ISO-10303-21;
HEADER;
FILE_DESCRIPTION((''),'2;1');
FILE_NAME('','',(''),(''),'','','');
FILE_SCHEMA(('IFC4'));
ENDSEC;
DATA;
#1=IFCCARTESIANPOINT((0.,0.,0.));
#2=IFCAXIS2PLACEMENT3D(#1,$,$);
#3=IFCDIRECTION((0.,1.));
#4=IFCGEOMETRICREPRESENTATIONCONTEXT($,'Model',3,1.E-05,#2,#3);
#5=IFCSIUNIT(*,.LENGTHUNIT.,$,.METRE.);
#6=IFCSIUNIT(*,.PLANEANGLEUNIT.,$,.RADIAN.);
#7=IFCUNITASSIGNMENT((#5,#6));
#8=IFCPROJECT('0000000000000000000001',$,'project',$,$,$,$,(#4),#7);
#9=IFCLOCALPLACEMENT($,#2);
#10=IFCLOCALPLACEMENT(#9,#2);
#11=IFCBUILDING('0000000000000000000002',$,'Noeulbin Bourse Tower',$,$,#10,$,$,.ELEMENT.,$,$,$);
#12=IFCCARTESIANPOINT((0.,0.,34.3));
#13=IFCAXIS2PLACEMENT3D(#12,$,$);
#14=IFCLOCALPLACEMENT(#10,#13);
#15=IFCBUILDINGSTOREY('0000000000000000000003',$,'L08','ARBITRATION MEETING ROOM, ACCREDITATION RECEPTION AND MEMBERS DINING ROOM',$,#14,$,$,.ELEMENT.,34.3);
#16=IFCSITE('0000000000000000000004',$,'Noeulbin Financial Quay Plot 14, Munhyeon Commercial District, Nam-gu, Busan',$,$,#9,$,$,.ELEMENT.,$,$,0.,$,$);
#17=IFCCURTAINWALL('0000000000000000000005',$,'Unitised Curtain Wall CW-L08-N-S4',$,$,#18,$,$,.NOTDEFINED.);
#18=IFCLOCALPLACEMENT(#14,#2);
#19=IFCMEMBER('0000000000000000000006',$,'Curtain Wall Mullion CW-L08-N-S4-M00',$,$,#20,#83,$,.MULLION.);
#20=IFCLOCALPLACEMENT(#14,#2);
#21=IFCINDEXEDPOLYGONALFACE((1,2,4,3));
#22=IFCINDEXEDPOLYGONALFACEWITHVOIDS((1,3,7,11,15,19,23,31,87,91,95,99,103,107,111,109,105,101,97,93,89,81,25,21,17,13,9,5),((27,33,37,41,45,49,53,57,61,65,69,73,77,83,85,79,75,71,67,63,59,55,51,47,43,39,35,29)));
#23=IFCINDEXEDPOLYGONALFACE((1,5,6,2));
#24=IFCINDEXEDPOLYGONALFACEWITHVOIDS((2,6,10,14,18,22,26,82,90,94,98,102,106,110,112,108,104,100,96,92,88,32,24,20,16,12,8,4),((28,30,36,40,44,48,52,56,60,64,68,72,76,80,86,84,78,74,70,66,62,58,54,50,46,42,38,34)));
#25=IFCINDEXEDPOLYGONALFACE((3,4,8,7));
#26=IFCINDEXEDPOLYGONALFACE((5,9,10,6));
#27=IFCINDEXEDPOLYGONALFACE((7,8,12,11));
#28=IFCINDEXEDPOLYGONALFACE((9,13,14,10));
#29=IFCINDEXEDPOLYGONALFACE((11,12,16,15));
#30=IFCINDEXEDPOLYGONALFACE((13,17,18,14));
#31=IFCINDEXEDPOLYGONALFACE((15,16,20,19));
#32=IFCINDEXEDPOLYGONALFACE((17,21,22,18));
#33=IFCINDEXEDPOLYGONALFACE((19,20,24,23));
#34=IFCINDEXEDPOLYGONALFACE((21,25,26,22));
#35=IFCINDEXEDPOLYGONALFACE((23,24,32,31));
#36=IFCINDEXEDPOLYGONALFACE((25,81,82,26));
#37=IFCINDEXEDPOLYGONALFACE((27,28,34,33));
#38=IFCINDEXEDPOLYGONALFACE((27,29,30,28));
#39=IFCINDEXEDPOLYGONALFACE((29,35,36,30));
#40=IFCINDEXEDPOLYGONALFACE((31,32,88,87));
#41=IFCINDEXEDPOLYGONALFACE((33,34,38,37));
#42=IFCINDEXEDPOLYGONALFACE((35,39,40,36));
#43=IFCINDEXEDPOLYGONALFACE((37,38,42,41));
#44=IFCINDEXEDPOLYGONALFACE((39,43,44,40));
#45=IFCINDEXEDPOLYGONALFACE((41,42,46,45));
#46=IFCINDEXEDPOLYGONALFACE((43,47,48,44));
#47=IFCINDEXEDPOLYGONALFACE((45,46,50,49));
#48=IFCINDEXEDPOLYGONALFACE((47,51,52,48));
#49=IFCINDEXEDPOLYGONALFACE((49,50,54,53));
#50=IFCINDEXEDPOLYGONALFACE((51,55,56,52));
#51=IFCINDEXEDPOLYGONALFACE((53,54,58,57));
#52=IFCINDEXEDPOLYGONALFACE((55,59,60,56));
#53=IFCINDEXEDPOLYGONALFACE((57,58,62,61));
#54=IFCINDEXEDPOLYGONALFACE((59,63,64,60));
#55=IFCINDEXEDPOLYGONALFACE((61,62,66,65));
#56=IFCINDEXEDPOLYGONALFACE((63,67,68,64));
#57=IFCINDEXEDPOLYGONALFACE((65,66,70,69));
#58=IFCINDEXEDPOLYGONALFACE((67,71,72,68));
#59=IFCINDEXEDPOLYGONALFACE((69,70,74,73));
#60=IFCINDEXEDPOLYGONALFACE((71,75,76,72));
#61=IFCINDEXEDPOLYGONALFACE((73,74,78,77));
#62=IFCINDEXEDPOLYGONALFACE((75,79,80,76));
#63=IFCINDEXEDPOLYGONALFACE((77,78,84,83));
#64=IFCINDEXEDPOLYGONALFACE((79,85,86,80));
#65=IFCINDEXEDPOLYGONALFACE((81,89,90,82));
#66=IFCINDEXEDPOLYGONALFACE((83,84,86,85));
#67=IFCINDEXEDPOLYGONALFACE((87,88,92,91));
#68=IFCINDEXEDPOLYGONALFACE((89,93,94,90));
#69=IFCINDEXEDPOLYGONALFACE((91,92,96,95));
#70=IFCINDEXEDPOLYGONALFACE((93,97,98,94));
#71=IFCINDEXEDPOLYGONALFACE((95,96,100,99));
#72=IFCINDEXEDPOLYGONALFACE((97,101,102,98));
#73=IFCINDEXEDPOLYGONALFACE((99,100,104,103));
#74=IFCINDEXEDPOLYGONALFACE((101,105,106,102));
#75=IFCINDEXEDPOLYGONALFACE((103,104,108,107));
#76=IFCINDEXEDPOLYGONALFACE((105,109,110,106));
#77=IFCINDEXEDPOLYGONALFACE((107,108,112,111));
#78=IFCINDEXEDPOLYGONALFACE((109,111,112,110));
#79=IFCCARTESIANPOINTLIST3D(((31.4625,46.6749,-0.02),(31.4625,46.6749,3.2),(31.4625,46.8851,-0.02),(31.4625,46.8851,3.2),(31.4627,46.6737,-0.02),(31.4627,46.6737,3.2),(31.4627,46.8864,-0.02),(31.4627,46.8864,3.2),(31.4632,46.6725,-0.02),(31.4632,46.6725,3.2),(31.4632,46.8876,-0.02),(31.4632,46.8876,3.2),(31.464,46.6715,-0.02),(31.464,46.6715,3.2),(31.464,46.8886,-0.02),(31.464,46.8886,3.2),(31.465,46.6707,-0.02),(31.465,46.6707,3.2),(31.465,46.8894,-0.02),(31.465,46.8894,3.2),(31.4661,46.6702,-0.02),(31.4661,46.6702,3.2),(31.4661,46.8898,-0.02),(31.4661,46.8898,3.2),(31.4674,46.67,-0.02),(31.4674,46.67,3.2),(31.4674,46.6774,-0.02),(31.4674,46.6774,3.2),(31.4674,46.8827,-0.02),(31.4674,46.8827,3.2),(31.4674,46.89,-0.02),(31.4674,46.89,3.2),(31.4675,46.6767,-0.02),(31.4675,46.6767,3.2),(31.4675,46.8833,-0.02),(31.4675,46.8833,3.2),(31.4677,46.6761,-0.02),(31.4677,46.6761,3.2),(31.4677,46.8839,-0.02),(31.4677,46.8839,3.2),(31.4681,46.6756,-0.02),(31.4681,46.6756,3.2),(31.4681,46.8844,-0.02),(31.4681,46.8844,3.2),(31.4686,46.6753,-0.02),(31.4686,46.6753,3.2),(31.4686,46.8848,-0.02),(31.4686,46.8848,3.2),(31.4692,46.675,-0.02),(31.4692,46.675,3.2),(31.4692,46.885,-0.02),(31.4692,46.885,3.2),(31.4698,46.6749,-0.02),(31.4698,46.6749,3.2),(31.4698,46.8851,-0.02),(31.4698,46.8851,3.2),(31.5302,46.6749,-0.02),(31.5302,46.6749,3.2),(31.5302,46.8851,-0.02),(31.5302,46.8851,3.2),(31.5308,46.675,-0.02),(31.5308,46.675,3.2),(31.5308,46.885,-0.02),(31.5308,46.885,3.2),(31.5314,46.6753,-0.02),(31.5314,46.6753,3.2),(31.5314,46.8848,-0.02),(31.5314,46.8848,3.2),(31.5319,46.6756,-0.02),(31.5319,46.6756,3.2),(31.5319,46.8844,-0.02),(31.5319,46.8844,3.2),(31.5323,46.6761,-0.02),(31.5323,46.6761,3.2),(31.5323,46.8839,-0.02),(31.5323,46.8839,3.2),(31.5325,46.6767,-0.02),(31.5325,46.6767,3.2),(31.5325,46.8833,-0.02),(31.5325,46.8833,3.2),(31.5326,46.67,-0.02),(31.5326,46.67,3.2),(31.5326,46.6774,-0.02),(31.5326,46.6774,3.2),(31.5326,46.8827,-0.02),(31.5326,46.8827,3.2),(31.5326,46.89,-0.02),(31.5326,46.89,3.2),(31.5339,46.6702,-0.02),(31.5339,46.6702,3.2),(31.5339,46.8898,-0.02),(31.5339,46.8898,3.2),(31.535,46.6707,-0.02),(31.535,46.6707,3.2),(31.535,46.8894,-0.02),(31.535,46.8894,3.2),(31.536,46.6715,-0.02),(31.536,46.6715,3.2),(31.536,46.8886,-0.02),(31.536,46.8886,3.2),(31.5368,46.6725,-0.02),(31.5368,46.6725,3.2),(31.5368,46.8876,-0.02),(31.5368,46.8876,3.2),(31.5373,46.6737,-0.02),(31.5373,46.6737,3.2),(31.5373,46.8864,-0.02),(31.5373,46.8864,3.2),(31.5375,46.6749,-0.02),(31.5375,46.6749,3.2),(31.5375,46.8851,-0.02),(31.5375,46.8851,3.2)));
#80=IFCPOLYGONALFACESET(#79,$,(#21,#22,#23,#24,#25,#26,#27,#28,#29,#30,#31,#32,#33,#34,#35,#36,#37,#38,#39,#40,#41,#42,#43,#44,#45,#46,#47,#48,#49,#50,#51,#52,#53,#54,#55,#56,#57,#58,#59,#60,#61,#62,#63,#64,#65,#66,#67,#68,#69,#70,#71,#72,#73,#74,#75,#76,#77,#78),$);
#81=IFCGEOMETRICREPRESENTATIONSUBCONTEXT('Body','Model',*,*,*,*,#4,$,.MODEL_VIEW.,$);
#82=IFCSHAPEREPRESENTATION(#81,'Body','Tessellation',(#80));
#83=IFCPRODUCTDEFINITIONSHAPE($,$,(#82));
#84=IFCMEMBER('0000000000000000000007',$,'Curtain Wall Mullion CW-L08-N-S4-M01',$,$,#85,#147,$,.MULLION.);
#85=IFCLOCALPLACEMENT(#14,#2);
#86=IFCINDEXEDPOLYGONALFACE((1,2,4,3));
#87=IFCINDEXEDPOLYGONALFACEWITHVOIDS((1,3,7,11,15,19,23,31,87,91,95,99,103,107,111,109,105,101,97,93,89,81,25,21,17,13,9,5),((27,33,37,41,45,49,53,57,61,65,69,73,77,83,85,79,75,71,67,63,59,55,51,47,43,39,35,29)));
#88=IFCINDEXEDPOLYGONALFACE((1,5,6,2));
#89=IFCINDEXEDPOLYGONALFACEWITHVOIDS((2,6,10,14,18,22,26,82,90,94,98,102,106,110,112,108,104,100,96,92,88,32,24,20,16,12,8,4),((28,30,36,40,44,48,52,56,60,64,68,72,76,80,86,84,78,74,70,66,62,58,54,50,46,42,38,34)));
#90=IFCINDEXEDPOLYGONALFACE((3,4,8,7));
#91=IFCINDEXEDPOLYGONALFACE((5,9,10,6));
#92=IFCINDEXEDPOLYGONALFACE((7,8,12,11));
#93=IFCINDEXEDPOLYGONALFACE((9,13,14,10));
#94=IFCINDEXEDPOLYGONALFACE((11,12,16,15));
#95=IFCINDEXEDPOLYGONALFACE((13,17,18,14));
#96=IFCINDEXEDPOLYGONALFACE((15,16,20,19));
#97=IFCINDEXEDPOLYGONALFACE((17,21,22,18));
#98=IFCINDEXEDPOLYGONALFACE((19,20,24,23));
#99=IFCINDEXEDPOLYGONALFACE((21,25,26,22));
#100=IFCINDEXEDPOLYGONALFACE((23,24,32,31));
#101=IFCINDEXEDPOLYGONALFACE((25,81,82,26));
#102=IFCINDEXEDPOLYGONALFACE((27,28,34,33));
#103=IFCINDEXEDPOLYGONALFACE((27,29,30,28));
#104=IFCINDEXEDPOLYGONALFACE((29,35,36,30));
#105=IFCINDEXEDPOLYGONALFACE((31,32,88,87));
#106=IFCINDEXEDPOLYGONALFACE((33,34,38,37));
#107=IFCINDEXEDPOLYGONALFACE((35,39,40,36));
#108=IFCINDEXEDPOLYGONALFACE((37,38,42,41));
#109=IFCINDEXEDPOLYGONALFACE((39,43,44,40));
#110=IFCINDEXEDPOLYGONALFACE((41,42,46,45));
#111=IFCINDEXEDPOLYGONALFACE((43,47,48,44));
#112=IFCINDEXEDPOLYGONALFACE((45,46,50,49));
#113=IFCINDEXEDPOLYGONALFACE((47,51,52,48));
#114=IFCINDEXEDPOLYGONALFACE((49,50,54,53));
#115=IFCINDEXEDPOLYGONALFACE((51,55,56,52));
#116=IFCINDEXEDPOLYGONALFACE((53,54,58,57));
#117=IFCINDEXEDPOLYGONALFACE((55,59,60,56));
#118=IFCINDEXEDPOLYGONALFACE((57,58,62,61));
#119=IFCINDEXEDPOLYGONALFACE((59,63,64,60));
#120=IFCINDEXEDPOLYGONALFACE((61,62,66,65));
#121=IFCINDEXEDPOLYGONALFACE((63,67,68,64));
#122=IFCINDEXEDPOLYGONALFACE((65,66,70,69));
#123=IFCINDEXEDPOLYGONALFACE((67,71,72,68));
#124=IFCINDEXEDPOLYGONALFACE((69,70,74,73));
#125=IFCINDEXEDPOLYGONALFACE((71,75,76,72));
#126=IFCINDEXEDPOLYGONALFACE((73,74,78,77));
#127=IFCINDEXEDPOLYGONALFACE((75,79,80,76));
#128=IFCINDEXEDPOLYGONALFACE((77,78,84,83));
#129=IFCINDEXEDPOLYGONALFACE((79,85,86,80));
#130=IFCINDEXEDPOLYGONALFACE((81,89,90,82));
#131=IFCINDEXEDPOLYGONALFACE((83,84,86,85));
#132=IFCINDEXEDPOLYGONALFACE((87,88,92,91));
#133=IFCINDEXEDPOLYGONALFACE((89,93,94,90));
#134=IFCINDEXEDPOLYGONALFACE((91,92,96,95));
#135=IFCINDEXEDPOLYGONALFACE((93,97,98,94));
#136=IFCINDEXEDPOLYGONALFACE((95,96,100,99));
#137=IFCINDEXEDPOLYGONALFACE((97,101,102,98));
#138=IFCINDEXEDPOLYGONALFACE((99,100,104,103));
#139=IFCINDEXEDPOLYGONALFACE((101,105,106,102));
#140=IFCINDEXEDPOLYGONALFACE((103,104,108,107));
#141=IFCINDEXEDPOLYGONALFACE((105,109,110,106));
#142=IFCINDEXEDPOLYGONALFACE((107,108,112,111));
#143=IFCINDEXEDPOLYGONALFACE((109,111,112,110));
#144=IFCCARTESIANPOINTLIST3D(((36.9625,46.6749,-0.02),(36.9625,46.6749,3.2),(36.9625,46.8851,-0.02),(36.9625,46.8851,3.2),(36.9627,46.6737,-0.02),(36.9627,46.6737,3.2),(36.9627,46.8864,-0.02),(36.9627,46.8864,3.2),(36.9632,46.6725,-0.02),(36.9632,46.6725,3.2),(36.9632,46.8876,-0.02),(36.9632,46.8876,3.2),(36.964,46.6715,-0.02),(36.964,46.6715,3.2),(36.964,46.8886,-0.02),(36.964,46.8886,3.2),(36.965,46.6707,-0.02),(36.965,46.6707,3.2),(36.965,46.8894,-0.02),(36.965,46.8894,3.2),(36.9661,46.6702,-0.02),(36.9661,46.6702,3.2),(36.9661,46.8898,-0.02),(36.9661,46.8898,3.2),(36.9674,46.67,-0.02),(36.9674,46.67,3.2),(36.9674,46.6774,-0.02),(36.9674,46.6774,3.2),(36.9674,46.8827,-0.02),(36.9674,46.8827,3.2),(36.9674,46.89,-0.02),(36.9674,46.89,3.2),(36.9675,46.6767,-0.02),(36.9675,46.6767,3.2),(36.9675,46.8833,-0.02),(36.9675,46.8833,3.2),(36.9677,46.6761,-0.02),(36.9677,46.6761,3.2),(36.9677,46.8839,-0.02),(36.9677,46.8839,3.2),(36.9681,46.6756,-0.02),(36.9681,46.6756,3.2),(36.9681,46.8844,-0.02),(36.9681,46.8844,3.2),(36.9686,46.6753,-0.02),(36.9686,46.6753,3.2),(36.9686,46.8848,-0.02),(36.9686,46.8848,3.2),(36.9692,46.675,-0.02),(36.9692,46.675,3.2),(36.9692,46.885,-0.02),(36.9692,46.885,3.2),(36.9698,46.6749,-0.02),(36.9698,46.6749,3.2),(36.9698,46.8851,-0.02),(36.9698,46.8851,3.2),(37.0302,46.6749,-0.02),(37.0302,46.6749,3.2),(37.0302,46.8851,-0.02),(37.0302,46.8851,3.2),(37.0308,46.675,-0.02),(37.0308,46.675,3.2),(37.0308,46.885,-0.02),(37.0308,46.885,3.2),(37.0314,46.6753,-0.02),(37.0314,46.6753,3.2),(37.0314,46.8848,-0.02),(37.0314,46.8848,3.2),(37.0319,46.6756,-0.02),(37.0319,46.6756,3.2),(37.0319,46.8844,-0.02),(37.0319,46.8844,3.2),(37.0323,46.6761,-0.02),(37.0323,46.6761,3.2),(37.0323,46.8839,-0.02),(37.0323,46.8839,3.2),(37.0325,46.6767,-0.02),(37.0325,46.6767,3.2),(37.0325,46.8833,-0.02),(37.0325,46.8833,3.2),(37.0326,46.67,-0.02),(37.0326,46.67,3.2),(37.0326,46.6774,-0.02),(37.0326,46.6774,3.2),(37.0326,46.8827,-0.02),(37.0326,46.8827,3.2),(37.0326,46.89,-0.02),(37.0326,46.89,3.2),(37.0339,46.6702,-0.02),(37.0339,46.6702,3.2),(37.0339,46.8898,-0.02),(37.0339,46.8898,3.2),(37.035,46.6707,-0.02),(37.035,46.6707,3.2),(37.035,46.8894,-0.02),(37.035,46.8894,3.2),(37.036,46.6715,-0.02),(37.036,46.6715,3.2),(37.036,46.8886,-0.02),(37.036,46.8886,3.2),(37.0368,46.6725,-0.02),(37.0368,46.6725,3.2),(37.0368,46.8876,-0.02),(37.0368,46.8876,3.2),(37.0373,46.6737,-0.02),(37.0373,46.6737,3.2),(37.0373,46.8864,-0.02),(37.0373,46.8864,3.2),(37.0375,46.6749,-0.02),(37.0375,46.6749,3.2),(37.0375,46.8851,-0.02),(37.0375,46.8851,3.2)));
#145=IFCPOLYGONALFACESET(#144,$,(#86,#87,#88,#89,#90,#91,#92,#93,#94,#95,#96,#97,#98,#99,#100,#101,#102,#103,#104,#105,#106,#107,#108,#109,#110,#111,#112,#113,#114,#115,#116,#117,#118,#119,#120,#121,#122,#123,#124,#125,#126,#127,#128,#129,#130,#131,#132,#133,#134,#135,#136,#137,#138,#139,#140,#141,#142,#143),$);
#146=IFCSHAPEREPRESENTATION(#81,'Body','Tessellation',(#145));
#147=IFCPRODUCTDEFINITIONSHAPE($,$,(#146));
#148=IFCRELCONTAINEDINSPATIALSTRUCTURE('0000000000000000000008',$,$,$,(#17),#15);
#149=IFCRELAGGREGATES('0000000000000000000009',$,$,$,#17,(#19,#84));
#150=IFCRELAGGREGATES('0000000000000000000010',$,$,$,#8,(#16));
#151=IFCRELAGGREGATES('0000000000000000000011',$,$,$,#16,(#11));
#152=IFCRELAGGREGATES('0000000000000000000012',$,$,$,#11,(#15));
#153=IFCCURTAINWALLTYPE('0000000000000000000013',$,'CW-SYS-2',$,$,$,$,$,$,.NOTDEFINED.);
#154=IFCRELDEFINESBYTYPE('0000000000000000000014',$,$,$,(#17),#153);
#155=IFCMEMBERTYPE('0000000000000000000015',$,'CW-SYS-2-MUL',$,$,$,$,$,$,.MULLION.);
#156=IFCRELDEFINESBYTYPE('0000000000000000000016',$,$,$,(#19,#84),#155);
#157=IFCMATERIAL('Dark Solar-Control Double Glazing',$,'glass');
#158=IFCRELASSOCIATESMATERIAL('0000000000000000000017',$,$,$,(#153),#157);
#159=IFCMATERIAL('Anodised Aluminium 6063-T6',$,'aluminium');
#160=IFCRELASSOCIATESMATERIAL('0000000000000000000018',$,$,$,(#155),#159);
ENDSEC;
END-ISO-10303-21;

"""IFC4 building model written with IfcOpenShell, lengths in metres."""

from ifc_helpers import new_model, si_unit, direction, frame, origin, origin_2d, place, context, subcontext, project, spatial, hollow_rectangle, extrude, material, material_profile, profile_set, type_object, element, aggregate, save


model = new_model("IFC4")

# Units and contexts
model_context = context("Model", 3, precision=1e-05, world=origin(), true_north=direction((0.0, 1.0)))
body_context = subcontext(model_context, "Body", "Model", "MODEL_VIEW")
ifc_project = project(units=[si_unit("LENGTHUNIT", "METRE"), si_unit("PLANEANGLEUNIT", "RADIAN")], contexts=[model_context])

# Site, building, storey
site_placement = place(None, origin())
site = spatial("IfcSite", under=ifc_project, at=site_placement, Name="Noeulbin Financial Quay Plot 14, Munhyeon Commercial District, Nam-gu, Busan", CompositionType="ELEMENT", RefElevation=0.0)
building_placement = place(site_placement, origin())
building = spatial("IfcBuilding", under=site, at=building_placement, Name="Noeulbin Bourse Tower", CompositionType="ELEMENT")
storey_placement = place(building_placement, frame((0.0, 0.0, 34.3)))
storey = spatial("IfcBuildingStorey", under=building, at=storey_placement, Name="L08", Description="ARBITRATION MEETING ROOM, ACCREDITATION RECEPTION AND MEMBERS DINING ROOM", CompositionType="ELEMENT", Elevation=34.3)

# Shared definitions
ifc_material_1 = material(Name="Dark Solar-Control Double Glazing", Category="glass")
curtain_wall_type = type_object("IfcCurtainWallType", Name="CW-SYS-2", PredefinedType="NOTDEFINED", material=ifc_material_1)
ifc_material_2 = material(Name="Anodised Aluminium 6063-T6", Category="aluminium")
ifc_material_profile_1 = material_profile(ifc_material_2, hollow_rectangle(XDim=0.075, YDim=0.22, WallThickness=0.0049, InnerFilletRadius=0.0024, OuterFilletRadius=0.0049, at=origin_2d()), Name="ALU-MULL-75x220x5", Category="LoadBearing")
ifc_profile_set_1 = profile_set([ifc_material_profile_1], Name="Anodised Aluminium 6063-T6")
member_type_1 = type_object("IfcMemberType", Name="CW-SYS-2-MUL", PredefinedType="MULLION", material=ifc_profile_set_1)

# Curtain wall, members
curtain_wall_1_placement = place(storey_placement, origin())
curtain_wall_1 = element("IfcCurtainWall", 1, at=curtain_wall_1_placement, inside=storey, type_object=curtain_wall_type, Name="Unitised Curtain Wall CW-L08-N-S4", PredefinedType="NOTDEFINED")
member_1_placement = place(storey_placement, frame((31.5, 46.78, -0.02), z_axis=(0.0, 0.0, 1.0), x_axis=(1.0, 0.0, 0.0)))
member_1 = element("IfcMember", 2, at=member_1_placement, type_object=member_type_1, Name="Curtain Wall Mullion CW-L08-N-S4-M00", PredefinedType="MULLION", context=body_context, shape_type="SweptSolid", body=[
    extrude(hollow_rectangle(XDim=0.075, YDim=0.22, WallThickness=0.0049, InnerFilletRadius=0.0024, OuterFilletRadius=0.0049, at=origin_2d()), origin(), (0.0, 0.0, 1.0), 3.22),
])
member_2_placement = place(storey_placement, frame((37.0, 46.78, -0.02), z_axis=(0.0, 0.0, 1.0), x_axis=(1.0, 0.0, 0.0)))
member_2 = element("IfcMember", 3, at=member_2_placement, type_object=member_type_1, Name="Curtain Wall Mullion CW-L08-N-S4-M01", PredefinedType="MULLION", context=body_context, shape_type="SweptSolid", body=[
    extrude(hollow_rectangle(XDim=0.075, YDim=0.22, WallThickness=0.0049, InnerFilletRadius=0.0024, OuterFilletRadius=0.0049, at=origin_2d()), origin(), (0.0, 0.0, 1.0), 3.22),
])

aggregate(curtain_wall_1, [member_1, member_2])

save(model, "model.ifc")
